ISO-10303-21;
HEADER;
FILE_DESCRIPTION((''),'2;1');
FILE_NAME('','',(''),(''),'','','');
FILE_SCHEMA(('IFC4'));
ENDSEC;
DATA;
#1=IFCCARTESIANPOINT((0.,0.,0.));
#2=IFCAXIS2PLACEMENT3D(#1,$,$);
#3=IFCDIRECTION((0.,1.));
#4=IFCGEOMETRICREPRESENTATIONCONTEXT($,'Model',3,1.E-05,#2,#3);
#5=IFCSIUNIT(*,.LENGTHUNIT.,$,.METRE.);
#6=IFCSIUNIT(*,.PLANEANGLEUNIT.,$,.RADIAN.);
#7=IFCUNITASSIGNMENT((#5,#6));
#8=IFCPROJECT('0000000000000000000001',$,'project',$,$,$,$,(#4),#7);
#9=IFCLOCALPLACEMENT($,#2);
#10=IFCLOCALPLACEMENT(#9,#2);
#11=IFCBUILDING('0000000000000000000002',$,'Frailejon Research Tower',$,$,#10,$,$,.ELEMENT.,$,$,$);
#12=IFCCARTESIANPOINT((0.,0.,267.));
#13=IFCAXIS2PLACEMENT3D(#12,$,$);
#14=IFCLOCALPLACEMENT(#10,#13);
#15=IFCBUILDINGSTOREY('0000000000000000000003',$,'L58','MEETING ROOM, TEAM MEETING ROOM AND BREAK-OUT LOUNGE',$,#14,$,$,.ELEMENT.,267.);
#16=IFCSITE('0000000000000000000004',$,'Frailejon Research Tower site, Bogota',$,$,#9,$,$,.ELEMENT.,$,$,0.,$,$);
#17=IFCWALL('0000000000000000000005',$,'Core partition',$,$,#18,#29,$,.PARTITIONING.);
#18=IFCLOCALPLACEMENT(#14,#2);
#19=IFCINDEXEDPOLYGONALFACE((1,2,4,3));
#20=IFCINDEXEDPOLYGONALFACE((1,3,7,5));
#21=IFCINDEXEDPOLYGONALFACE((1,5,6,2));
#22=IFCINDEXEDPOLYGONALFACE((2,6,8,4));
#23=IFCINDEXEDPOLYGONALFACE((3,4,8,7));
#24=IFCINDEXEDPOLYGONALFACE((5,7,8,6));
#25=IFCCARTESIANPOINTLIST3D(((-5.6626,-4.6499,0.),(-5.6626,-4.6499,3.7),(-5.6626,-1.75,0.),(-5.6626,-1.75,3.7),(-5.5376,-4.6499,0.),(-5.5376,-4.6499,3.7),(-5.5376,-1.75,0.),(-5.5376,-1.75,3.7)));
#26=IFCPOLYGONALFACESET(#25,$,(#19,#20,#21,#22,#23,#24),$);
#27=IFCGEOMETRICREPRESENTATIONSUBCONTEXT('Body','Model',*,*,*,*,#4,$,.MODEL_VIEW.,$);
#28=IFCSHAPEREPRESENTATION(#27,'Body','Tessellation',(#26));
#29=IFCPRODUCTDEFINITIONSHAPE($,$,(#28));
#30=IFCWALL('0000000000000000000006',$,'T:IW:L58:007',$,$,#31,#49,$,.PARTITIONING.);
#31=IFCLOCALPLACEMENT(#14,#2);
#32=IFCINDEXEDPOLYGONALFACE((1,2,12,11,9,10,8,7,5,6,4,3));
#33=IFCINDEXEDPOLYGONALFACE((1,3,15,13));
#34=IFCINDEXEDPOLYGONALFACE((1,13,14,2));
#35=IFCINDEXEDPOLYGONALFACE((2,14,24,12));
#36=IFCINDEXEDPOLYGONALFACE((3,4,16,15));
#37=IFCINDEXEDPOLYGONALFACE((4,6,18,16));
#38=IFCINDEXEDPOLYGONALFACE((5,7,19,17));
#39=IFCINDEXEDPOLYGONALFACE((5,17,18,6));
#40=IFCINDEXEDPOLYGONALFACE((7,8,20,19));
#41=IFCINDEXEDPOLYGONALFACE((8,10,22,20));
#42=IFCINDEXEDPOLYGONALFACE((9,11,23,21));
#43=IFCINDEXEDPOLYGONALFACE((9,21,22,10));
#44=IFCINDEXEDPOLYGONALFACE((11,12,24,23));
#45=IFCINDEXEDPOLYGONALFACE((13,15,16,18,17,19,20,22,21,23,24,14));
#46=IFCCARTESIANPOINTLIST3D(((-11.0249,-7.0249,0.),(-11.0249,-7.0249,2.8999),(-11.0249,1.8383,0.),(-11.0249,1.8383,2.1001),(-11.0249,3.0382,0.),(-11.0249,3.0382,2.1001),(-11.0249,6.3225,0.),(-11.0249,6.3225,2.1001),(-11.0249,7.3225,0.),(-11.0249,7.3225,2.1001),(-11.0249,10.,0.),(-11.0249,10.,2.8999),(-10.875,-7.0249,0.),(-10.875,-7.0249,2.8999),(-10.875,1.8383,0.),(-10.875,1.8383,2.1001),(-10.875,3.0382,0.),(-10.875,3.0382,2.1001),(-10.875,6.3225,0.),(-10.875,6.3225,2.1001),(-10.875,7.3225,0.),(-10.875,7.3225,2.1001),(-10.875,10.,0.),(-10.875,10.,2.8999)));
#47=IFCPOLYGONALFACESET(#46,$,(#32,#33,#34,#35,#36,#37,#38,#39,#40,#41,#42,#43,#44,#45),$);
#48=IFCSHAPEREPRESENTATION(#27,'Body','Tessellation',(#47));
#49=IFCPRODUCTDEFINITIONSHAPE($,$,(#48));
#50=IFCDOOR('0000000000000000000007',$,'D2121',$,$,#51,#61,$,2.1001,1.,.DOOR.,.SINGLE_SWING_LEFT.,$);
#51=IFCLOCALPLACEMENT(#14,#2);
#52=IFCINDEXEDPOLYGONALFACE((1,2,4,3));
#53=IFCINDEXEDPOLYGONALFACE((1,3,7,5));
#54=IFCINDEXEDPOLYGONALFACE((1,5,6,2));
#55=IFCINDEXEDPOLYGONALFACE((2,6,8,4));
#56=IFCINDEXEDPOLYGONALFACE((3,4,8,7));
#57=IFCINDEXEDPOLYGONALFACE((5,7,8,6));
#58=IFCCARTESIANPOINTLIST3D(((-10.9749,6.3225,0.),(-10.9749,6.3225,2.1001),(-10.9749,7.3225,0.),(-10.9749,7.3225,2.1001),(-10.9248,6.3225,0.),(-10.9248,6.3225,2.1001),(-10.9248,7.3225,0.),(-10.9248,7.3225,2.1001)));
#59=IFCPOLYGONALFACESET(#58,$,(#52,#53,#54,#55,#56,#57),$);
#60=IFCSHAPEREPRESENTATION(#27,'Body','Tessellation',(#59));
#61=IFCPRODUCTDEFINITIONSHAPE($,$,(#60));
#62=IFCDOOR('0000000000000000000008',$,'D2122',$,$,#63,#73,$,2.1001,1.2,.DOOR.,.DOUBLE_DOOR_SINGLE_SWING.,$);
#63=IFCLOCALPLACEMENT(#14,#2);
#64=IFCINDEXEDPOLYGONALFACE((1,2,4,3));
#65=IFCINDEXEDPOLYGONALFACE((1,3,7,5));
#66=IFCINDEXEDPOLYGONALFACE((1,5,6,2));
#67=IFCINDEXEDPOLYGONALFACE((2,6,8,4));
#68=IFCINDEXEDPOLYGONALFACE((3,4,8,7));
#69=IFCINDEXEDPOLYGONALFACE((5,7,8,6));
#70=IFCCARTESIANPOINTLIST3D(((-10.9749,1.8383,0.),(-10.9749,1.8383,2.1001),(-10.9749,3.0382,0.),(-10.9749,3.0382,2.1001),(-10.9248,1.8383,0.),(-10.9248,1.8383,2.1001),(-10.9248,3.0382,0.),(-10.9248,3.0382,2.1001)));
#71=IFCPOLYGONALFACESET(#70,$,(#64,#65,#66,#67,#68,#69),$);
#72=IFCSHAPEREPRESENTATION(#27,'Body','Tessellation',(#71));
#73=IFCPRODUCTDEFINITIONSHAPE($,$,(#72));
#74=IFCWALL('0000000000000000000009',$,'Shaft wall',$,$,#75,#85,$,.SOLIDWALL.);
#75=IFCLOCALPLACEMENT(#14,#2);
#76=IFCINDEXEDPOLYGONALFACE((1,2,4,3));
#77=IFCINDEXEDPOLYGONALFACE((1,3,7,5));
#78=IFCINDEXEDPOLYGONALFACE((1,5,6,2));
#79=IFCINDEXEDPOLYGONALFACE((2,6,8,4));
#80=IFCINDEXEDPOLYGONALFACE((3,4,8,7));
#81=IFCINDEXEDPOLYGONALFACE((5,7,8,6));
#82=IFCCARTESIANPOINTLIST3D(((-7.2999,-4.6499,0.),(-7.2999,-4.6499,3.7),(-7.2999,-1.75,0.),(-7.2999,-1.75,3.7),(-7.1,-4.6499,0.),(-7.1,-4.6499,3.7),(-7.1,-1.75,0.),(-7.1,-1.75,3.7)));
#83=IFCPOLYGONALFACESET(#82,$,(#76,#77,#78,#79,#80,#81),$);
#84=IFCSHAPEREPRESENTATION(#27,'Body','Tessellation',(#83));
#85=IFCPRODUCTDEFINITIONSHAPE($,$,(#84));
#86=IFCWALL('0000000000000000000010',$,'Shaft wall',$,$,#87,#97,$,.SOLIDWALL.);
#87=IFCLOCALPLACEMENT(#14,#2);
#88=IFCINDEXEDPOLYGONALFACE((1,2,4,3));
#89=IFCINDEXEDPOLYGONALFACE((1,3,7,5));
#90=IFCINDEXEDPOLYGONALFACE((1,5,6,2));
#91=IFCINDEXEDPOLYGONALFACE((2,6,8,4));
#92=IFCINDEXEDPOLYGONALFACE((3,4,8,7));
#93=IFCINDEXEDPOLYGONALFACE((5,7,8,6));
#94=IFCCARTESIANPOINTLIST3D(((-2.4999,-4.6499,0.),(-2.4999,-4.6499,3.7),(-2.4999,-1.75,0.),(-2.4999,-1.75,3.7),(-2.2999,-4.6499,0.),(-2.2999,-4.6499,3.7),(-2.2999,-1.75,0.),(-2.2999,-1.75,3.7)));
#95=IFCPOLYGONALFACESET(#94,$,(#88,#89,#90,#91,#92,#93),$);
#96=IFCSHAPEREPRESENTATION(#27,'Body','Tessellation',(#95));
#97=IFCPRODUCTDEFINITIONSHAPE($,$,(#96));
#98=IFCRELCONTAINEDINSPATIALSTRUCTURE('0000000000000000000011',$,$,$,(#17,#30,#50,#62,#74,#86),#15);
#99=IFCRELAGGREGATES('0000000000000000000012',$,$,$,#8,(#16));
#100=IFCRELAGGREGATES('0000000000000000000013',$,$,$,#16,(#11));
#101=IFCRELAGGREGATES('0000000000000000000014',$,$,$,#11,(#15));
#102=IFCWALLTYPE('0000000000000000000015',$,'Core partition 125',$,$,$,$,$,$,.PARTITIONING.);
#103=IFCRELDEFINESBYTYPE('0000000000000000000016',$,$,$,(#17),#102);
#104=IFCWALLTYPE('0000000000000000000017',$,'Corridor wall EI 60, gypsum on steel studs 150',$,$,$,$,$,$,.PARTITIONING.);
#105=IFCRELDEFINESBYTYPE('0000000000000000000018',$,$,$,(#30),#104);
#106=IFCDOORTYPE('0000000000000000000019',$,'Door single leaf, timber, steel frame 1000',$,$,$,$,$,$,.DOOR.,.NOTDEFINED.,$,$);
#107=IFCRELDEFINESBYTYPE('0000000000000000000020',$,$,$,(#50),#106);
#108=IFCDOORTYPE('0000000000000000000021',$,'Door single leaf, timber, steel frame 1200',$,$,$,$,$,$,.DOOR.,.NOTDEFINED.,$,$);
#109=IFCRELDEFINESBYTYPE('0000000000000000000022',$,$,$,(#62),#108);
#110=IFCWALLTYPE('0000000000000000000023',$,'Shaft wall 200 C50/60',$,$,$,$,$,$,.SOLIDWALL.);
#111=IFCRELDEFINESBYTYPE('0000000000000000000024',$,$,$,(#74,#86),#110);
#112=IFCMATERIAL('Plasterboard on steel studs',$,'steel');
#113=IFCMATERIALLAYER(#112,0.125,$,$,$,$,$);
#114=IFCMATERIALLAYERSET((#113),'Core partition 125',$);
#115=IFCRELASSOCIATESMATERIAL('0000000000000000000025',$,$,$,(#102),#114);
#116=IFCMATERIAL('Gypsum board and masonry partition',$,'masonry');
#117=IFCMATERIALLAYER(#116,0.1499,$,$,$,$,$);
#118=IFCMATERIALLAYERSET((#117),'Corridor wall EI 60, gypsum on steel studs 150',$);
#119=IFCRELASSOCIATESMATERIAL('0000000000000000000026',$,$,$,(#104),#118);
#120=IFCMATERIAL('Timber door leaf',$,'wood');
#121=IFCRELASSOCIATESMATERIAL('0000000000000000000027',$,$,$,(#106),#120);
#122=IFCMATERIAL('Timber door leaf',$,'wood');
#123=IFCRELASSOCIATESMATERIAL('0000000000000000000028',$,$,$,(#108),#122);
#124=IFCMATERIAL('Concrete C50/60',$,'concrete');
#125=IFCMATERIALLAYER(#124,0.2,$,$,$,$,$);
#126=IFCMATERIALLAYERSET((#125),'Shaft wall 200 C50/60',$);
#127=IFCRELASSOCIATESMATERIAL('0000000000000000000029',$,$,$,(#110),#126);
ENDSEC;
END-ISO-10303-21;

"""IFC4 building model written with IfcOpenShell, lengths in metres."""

from ifc_helpers import new_model, si_unit, direction, frame, frame_2d, origin, place, context, subcontext, project, spatial, rectangle, extrude, material, layer, layer_set, type_object, element, fill, save


model = new_model("IFC4")

# Units and contexts
model_context = context("Model", 3, precision=1e-05, world=origin(), true_north=direction((0.0, 1.0)))
body_context = subcontext(model_context, "Body", "Model", "MODEL_VIEW")
ifc_project = project(units=[si_unit("LENGTHUNIT", "METRE"), si_unit("PLANEANGLEUNIT", "RADIAN")], contexts=[model_context])

# Site, building, storey
site_placement = place(None, origin())
site = spatial("IfcSite", under=ifc_project, at=site_placement, Name="Frailejon Research Tower site, Bogota", CompositionType="ELEMENT", RefElevation=0.0)
building_placement = place(site_placement, origin())
building = spatial("IfcBuilding", under=site, at=building_placement, Name="Frailejon Research Tower", CompositionType="ELEMENT")
storey_placement = place(building_placement, frame((0.0, 0.0, 267.0)))
storey = spatial("IfcBuildingStorey", under=building, at=storey_placement, Name="L58", Description="MEETING ROOM, TEAM MEETING ROOM AND BREAK-OUT LOUNGE", CompositionType="ELEMENT", Elevation=267.0)

# Wall
ifc_material_1 = material(Name="Plasterboard on steel studs", Category="steel")
ifc_layer_1 = layer(ifc_material_1, 0.125)
ifc_layer_set_1 = layer_set([ifc_layer_1], Name="Core partition 125")
wall_type_1 = type_object("IfcWallType", Name="Core partition 125", PredefinedType="PARTITIONING", material=ifc_layer_set_1)
wall_1_placement = place(storey_placement, frame((-5.6001, -4.6499, 0.0), z_axis=(0.0, 0.0, 1.0), x_axis=(0.0, 1.0, 0.0)))
element("IfcWall", 1, at=wall_1_placement, inside=storey, type_object=wall_type_1, Name="Core partition", PredefinedType="PARTITIONING", context=body_context, shape_type="SweptSolid", body=[
    extrude(rectangle(XDim=2.8999, YDim=0.125, at=frame_2d((1.45, 0.0))), origin(), (0.0, 0.0, 1.0), 3.7),
])

# Wall, openings, doors
ifc_material_2 = material(Name="Gypsum board and masonry partition", Category="masonry")
ifc_layer_2 = layer(ifc_material_2, 0.1499)
ifc_layer_set_2 = layer_set([ifc_layer_2], Name="Corridor wall EI 60, gypsum on steel studs 150")
wall_type_2 = type_object("IfcWallType", Name="Corridor wall EI 60, gypsum on steel studs 150", PredefinedType="PARTITIONING", material=ifc_layer_set_2)
wall_2_placement = place(storey_placement, frame((-10.95, -7.0249, 0.0), z_axis=(0.0, 0.0, 1.0), x_axis=(0.0, 1.0, 0.0)))
wall_2 = element("IfcWall", 2, at=wall_2_placement, inside=storey, type_object=wall_type_2, Name="T:IW:L58:007", PredefinedType="PARTITIONING", context=body_context, shape_type="SweptSolid", body=[
    extrude(rectangle(XDim=17.0249, YDim=0.1499, at=frame_2d((8.5125, 0.0))), origin(), (0.0, 0.0, 1.0), 2.8999),
])
opening_1_placement = place(wall_2_placement, frame((13.3474, 0.0, 0.0)))
opening_1 = element("IfcOpeningElement", 3, at=opening_1_placement, cuts=wall_2, PredefinedType="OPENING", context=body_context, shape_type="SweptSolid", body=[
    extrude(rectangle(XDim=1.0, YDim=2.1001, at=frame_2d((0.5, 1.05))), frame((0.0, 0.085, 0.0), z_axis=(0.0, -1.0, 0.0), x_axis=(1.0, 0.0, 0.0)), (0.0, 0.0, 1.0), 0.1699),
])
opening_2_placement = place(wall_2_placement, frame((8.863, 0.0, 0.0)))
opening_2 = element("IfcOpeningElement", 4, at=opening_2_placement, cuts=wall_2, PredefinedType="OPENING", context=body_context, shape_type="SweptSolid", body=[
    extrude(rectangle(XDim=1.2, YDim=2.1001, at=frame_2d((0.6001, 1.05))), frame((0.0, 0.085, 0.0), z_axis=(0.0, -1.0, 0.0), x_axis=(1.0, 0.0, 0.0)), (0.0, 0.0, 1.0), 0.1699),
])
ifc_material_3 = material(Name="Timber door leaf", Category="wood")
door_type_1 = type_object("IfcDoorType", Name="Door single leaf, timber, steel frame 1000", OperationType="NOTDEFINED", PredefinedType="DOOR", material=ifc_material_3)
door_1_placement = place(opening_1_placement, origin())
door_1 = element("IfcDoor", 5, at=door_1_placement, inside=storey, type_object=door_type_1, Name="D2121", OperationType="SINGLE_SWING_LEFT", OverallHeight=2.1001, OverallWidth=1.0, PredefinedType="DOOR", context=body_context, shape_type="SweptSolid", body=[
    extrude(rectangle(XDim=1.0, YDim=2.1001, at=frame_2d((0.5, 1.05))), frame((0.0, 0.0249, 0.0), z_axis=(0.0, -1.0, 0.0), x_axis=(1.0, 0.0, 0.0)), (0.0, 0.0, 1.0), 0.05),
])
fill(opening_1, door_1)
ifc_material_4 = material(Name="Timber door leaf", Category="wood")
door_type_2 = type_object("IfcDoorType", Name="Door single leaf, timber, steel frame 1200", OperationType="NOTDEFINED", PredefinedType="DOOR", material=ifc_material_4)
door_2_placement = place(opening_2_placement, origin())
door_2 = element("IfcDoor", 6, at=door_2_placement, inside=storey, type_object=door_type_2, Name="D2122", OperationType="DOUBLE_DOOR_SINGLE_SWING", OverallHeight=2.1001, OverallWidth=1.2, PredefinedType="DOOR", context=body_context, shape_type="SweptSolid", body=[
    extrude(rectangle(XDim=1.2, YDim=2.1001, at=frame_2d((0.6001, 1.05))), frame((0.0, 0.0249, 0.0), z_axis=(0.0, -1.0, 0.0), x_axis=(1.0, 0.0, 0.0)), (0.0, 0.0, 1.0), 0.05),
])
fill(opening_2, door_2)

# Walls
ifc_material_5 = material(Name="Concrete C50/60", Category="concrete")
ifc_layer_3 = layer(ifc_material_5, 0.2)
ifc_layer_set_3 = layer_set([ifc_layer_3], Name="Shaft wall 200 C50/60")
wall_type_3 = type_object("IfcWallType", Name="Shaft wall 200 C50/60", PredefinedType="SOLIDWALL", material=ifc_layer_set_3)
for number, where, z_axis, x_axis, name in (
    (7, (-7.2, -4.6499, 0.0), (0.0, 0.0, 1.0), (0.0, 1.0, 0.0), "Shaft wall"),
    (8, (-2.3999, -4.6499, 0.0), (0.0, 0.0, 1.0), (0.0, 1.0, 0.0), "Shaft wall"),
):
    element("IfcWall", number, at=place(storey_placement, frame(where, z_axis=z_axis, x_axis=x_axis)), inside=storey, type_object=wall_type_3, Name=name, PredefinedType="SOLIDWALL", context=body_context, shape_type="SweptSolid", body=[
        extrude(rectangle(XDim=2.8999, YDim=0.2, at=frame_2d((1.45, 0.0))), origin(), (0.0, 0.0, 1.0), 3.7),
    ])

save(model, "model.ifc")
